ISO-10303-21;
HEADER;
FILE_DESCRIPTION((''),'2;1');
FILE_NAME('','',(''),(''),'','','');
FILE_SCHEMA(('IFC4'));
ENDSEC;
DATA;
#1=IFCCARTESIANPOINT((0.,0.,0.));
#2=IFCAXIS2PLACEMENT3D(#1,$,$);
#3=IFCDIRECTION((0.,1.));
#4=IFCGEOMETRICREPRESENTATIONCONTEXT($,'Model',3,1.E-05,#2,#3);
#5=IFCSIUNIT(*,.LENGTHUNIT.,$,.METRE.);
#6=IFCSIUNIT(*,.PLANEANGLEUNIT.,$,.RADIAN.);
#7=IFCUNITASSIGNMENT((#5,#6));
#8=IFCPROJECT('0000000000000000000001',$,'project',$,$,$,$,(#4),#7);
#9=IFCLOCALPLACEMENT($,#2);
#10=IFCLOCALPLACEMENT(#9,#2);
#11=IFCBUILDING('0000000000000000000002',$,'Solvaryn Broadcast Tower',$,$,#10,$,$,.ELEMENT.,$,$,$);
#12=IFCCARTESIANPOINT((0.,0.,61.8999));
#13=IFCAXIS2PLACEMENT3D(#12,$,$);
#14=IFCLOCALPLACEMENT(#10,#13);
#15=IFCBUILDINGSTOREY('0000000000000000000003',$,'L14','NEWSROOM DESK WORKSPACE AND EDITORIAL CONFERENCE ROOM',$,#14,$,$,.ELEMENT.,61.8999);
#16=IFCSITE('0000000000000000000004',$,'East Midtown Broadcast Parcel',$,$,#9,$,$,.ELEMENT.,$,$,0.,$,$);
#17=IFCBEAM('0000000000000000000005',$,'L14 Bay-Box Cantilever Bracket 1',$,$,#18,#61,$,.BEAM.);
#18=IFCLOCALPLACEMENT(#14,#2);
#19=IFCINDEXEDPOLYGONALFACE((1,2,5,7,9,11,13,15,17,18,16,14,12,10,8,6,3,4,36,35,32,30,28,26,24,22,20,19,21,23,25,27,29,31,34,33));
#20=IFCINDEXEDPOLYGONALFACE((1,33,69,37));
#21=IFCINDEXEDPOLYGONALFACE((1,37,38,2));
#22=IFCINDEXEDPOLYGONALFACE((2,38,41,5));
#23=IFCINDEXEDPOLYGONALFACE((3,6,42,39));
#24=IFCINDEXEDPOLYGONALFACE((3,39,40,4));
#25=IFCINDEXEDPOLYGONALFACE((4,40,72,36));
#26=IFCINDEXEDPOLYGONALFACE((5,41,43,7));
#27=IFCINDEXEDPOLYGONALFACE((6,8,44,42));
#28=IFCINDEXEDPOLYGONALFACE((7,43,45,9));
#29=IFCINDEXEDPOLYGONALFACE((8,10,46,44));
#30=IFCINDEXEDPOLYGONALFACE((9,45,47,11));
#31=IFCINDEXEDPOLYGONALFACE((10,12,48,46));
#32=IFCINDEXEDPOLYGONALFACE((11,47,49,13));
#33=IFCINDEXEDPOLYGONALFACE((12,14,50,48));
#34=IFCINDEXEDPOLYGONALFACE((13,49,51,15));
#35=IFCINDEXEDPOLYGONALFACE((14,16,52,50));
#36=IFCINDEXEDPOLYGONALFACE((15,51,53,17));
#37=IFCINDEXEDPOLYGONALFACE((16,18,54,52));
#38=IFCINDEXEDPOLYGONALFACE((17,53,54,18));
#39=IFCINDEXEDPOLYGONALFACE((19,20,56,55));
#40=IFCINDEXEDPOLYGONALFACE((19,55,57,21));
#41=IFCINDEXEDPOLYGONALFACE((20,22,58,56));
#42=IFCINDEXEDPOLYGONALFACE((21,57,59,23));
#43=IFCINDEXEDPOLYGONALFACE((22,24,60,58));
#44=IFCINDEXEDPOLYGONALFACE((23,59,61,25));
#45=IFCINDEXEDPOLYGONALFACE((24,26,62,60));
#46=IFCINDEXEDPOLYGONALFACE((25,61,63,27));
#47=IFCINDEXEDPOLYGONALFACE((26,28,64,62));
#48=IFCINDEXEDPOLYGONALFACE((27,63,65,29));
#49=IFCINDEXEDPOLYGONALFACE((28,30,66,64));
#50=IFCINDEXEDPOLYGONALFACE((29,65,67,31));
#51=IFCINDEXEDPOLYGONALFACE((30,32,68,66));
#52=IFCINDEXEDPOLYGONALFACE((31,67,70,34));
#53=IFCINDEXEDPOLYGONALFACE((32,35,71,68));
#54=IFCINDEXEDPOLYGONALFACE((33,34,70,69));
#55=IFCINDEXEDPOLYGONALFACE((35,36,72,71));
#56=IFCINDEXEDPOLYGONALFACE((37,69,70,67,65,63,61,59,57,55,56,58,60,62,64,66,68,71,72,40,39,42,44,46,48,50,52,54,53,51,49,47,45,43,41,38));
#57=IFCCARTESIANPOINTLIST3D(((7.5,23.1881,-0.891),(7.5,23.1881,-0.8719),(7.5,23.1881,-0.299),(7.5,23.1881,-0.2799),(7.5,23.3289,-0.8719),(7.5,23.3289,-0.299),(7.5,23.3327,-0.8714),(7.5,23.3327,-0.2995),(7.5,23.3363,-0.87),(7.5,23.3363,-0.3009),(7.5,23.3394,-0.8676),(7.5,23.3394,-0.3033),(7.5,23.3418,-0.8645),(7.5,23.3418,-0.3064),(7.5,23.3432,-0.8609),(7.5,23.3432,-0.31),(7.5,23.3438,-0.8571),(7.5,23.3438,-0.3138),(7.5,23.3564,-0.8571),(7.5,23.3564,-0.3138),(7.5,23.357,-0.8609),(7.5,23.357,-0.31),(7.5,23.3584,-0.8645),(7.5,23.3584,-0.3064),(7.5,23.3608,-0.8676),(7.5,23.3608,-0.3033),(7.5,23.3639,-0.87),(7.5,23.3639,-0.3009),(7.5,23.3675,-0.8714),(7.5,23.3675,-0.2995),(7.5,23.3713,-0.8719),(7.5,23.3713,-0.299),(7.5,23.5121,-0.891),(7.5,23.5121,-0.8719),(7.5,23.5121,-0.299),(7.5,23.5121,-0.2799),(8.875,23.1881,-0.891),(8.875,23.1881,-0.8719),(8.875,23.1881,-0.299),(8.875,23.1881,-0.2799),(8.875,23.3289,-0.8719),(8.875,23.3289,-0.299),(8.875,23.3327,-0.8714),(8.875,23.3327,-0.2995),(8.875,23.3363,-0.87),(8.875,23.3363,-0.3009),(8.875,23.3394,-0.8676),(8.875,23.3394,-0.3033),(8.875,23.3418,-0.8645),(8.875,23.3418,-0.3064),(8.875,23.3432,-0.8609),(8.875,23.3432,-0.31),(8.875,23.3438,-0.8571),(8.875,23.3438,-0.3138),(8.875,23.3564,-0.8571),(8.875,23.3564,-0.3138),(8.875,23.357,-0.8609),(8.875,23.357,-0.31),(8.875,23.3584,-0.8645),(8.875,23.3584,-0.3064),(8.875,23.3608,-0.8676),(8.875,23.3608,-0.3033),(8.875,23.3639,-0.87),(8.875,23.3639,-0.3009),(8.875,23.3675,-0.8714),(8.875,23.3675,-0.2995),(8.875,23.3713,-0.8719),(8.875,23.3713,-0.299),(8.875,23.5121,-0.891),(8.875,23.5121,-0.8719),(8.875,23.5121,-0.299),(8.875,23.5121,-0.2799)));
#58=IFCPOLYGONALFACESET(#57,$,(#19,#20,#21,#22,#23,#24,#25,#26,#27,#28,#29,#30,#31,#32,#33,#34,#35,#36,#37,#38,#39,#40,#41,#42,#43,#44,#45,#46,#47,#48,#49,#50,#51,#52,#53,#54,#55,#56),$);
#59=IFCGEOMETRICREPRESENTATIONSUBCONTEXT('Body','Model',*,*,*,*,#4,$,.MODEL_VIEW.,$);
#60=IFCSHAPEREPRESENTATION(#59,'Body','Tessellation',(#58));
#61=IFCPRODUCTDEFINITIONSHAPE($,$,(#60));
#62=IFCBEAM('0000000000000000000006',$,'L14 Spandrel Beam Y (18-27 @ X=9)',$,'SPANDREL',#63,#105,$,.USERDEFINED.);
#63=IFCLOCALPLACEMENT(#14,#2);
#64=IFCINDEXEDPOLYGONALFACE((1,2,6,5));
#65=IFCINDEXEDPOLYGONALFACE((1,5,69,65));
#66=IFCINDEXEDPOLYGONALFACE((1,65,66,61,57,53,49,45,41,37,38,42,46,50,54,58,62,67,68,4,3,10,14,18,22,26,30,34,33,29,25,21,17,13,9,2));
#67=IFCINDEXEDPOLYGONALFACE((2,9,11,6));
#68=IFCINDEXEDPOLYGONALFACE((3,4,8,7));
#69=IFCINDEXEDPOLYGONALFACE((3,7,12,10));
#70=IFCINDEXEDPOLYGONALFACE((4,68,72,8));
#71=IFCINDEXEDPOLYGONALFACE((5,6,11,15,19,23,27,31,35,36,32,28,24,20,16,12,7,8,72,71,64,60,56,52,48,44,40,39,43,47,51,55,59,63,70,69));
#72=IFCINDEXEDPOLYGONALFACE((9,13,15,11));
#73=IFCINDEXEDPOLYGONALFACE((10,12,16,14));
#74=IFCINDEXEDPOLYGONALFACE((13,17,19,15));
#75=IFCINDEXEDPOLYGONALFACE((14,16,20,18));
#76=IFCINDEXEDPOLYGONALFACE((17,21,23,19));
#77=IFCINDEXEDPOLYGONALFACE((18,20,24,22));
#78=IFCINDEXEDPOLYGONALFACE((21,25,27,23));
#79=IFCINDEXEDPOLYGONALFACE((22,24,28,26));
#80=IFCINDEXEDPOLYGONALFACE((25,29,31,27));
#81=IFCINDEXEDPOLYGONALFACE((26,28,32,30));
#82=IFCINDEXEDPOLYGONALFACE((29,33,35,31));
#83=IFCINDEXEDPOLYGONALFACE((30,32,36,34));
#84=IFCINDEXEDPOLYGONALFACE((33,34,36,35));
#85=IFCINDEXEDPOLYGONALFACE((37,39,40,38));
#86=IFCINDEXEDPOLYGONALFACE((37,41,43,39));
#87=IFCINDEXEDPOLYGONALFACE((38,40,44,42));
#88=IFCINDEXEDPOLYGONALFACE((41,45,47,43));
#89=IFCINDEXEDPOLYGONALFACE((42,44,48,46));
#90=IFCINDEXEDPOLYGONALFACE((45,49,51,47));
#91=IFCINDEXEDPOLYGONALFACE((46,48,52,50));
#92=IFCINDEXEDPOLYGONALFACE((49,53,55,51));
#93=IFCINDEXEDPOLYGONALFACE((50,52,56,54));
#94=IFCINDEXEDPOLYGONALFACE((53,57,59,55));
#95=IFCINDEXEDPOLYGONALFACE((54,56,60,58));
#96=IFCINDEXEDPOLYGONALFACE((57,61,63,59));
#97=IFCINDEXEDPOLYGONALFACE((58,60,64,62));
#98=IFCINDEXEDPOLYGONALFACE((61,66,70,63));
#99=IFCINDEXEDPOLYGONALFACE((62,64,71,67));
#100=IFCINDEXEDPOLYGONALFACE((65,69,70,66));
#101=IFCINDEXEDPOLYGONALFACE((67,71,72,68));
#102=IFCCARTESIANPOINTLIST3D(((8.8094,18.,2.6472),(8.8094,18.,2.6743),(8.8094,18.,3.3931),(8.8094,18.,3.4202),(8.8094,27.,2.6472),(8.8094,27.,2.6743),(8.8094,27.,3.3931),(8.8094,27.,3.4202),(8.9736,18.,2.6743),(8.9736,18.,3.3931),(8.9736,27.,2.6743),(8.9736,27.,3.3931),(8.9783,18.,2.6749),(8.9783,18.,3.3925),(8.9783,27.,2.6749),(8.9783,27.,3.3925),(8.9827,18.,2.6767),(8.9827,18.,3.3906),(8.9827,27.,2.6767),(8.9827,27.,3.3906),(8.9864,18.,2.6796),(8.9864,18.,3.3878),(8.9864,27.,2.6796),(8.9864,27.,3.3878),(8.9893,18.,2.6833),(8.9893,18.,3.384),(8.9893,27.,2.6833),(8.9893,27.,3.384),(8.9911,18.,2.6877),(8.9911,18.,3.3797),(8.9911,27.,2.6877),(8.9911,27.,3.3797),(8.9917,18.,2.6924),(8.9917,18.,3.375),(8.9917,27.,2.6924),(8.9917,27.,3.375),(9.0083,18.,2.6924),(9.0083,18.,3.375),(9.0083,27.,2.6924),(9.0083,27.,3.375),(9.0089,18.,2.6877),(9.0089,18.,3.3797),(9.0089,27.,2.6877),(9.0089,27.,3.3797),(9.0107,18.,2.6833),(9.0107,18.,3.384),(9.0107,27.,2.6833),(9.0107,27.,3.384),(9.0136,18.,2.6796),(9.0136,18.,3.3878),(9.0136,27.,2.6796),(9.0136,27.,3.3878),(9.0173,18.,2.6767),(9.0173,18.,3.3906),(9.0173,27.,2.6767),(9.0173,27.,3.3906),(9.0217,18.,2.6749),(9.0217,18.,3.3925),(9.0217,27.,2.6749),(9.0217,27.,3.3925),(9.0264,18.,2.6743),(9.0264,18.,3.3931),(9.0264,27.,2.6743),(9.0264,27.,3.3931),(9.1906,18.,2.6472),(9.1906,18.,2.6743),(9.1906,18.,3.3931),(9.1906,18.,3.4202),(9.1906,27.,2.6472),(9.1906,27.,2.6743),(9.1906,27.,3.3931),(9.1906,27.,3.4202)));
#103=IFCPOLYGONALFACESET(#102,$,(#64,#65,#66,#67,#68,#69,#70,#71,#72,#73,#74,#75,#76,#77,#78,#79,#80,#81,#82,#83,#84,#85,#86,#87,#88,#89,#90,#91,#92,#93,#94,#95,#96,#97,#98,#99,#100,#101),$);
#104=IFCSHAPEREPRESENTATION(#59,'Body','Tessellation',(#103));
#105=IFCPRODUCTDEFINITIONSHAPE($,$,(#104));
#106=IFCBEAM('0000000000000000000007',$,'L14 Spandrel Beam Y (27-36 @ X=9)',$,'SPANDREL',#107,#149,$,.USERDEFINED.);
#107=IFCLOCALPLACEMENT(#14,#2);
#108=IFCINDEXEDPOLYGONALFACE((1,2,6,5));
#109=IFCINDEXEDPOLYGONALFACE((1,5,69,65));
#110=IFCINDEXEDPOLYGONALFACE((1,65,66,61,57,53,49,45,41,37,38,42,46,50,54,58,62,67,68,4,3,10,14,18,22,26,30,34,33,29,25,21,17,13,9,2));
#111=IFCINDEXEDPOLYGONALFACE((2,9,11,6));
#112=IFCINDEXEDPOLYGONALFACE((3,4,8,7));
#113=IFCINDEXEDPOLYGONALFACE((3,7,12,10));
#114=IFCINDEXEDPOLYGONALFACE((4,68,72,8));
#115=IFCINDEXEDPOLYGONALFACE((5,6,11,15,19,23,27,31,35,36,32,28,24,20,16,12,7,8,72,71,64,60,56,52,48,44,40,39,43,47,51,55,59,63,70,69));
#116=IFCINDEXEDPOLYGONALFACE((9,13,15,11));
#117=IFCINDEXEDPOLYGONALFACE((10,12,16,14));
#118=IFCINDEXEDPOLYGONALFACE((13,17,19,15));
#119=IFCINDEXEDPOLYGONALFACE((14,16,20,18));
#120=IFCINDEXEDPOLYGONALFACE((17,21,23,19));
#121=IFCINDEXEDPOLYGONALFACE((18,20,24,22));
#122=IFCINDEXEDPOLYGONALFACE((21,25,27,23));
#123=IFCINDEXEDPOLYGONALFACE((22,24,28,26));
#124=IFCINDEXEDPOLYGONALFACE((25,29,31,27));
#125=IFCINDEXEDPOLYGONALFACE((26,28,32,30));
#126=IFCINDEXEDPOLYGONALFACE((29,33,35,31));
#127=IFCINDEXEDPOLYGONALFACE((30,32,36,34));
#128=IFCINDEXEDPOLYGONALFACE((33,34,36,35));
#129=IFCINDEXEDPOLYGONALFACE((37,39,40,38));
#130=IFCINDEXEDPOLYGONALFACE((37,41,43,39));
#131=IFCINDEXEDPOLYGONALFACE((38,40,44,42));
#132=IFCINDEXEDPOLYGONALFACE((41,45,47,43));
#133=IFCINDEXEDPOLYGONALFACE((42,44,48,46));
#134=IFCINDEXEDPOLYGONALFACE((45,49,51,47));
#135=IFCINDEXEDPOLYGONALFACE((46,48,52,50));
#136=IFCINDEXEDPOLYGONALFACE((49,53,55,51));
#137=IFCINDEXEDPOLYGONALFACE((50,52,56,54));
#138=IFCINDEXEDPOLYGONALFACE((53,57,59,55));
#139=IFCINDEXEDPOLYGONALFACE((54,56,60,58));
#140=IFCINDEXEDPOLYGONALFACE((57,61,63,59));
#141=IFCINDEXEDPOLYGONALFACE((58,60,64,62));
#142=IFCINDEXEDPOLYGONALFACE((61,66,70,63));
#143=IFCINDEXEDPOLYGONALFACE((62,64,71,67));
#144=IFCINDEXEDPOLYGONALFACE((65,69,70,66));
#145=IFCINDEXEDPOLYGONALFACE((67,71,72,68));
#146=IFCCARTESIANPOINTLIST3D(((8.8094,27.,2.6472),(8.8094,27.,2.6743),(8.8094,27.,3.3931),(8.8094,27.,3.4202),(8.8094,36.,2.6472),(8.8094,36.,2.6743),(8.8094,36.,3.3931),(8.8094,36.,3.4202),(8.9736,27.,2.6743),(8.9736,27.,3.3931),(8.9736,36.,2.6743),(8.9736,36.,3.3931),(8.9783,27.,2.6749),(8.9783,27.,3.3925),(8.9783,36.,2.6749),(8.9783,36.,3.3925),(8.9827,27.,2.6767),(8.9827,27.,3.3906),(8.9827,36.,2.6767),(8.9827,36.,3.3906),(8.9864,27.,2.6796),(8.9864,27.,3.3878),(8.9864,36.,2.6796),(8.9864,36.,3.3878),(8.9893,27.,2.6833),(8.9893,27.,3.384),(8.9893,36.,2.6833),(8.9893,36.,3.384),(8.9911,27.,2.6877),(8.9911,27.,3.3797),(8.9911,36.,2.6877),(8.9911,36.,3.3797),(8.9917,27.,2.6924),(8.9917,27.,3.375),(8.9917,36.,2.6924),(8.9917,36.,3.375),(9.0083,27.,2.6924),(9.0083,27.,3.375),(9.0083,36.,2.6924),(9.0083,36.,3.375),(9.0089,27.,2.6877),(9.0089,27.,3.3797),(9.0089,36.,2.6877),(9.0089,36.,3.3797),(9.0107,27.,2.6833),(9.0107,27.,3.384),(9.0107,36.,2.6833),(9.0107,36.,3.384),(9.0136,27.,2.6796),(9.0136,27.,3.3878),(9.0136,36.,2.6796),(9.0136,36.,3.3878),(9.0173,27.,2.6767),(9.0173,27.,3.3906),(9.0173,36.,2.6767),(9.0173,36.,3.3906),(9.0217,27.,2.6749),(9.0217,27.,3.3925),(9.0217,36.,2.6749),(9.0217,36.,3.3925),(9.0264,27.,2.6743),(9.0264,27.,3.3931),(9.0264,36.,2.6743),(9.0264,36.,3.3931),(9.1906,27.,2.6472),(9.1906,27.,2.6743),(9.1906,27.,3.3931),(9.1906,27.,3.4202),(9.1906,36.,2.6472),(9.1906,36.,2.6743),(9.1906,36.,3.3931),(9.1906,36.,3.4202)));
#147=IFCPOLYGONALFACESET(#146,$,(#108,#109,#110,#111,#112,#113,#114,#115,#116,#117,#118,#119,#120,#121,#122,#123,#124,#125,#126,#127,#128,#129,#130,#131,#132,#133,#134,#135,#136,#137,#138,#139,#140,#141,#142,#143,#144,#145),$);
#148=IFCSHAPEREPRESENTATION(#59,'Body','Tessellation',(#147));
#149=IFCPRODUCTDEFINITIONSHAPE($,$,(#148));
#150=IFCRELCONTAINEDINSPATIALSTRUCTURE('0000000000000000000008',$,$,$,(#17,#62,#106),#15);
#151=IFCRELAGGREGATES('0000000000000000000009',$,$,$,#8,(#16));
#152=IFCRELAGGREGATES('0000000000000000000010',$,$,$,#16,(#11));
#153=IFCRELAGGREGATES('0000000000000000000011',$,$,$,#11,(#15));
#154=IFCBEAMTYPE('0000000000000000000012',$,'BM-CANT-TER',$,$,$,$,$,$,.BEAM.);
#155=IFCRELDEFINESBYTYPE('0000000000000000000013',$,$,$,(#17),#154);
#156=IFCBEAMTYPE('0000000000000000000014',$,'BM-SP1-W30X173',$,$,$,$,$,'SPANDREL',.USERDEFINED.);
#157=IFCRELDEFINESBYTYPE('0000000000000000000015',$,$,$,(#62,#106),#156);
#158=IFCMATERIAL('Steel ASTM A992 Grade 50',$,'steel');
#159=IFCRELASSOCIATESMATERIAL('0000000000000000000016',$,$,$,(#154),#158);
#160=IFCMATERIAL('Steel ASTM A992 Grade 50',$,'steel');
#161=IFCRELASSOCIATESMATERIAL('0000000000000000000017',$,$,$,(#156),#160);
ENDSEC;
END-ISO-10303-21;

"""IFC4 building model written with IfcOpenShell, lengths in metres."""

from ifc_helpers import new_model, si_unit, direction, frame, origin, origin_2d, place, context, subcontext, project, spatial, i_section, extrude, material, material_profile, profile_set, type_object, element, save


model = new_model("IFC4")

# Units and contexts
model_context = context("Model", 3, precision=1e-05, world=origin(), true_north=direction((0.0, 1.0)))
body_context = subcontext(model_context, "Body", "Model", "MODEL_VIEW")
ifc_project = project(units=[si_unit("LENGTHUNIT", "METRE"), si_unit("PLANEANGLEUNIT", "RADIAN")], contexts=[model_context])

# Site, building, storey
site_placement = place(None, origin())
site = spatial("IfcSite", under=ifc_project, at=site_placement, Name="East Midtown Broadcast Parcel", CompositionType="ELEMENT", RefElevation=0.0)
building_placement = place(site_placement, origin())
building = spatial("IfcBuilding", under=site, at=building_placement, Name="Solvaryn Broadcast Tower", CompositionType="ELEMENT")
storey_placement = place(building_placement, frame((0.0, 0.0, 61.8999)))
storey = spatial("IfcBuildingStorey", under=building, at=storey_placement, Name="L14", Description="NEWSROOM DESK WORKSPACE AND EDITORIAL CONFERENCE ROOM", CompositionType="ELEMENT", Elevation=61.8999)

# Beams
ifc_material_1 = material(Name="Steel ASTM A992 Grade 50", Category="steel")
ifc_material_profile_1 = material_profile(ifc_material_1, i_section(OverallWidth=0.324, OverallDepth=0.6111, WebThickness=0.0127, FlangeThickness=0.019, FilletRadius=0.0149, at=origin_2d()))
ifc_profile_set_1 = profile_set([ifc_material_profile_1], Name="Steel ASTM A992 Grade 50")
beam_type_1 = type_object("IfcBeamType", Name="BM-CANT-TER", PredefinedType="BEAM", material=ifc_profile_set_1)
beam_placement = place(storey_placement, frame((8.875, 23.3501, -0.5854), z_axis=(-1.0, 0.0, 0.0), x_axis=(0.0, -1.0, 0.0)))
element("IfcBeam", 1, at=beam_placement, inside=storey, type_object=beam_type_1, Name="L14 Bay-Box Cantilever Bracket 1", PredefinedType="BEAM", context=body_context, shape_type="SweptSolid", body=[
    extrude(i_section(OverallWidth=0.324, OverallDepth=0.6111, WebThickness=0.0127, FlangeThickness=0.019, FilletRadius=0.0149, at=origin_2d()), origin(), (0.0, 0.0, 1.0), 1.375),
])
ifc_material_2 = material(Name="Steel ASTM A992 Grade 50", Category="steel")
ifc_material_profile_2 = material_profile(ifc_material_2, i_section(OverallWidth=0.3811, OverallDepth=0.7729, WebThickness=0.0166, FlangeThickness=0.0271, FilletRadius=0.0181, at=origin_2d()))
ifc_profile_set_2 = profile_set([ifc_material_profile_2], Name="Steel ASTM A992 Grade 50")
beam_type_2 = type_object("IfcBeamType", Name="BM-SP1-W30X173", ElementType="SPANDREL", PredefinedType="USERDEFINED", material=ifc_profile_set_2)
for number, where, z_axis, x_axis, name in (
    (2, (9.0, 18.0, 3.0337), (0.0, 1.0, 0.0), (-1.0, 0.0, 0.0), "L14 Spandrel Beam Y (18-27 @ X=9)"),
    (3, (9.0, 27.0, 3.0337), (0.0, 1.0, 0.0), (-1.0, 0.0, 0.0), "L14 Spandrel Beam Y (27-36 @ X=9)"),
):
    element("IfcBeam", number, at=place(storey_placement, frame(where, z_axis=z_axis, x_axis=x_axis)), inside=storey, type_object=beam_type_2, Name=name, ObjectType="SPANDREL", PredefinedType="USERDEFINED", context=body_context, shape_type="SweptSolid", body=[
        extrude(i_section(OverallWidth=0.3811, OverallDepth=0.7729, WebThickness=0.0166, FlangeThickness=0.0271, FilletRadius=0.0181, at=origin_2d()), origin(), (0.0, 0.0, 1.0), 9.0),
    ])

save(model, "model.ifc")
